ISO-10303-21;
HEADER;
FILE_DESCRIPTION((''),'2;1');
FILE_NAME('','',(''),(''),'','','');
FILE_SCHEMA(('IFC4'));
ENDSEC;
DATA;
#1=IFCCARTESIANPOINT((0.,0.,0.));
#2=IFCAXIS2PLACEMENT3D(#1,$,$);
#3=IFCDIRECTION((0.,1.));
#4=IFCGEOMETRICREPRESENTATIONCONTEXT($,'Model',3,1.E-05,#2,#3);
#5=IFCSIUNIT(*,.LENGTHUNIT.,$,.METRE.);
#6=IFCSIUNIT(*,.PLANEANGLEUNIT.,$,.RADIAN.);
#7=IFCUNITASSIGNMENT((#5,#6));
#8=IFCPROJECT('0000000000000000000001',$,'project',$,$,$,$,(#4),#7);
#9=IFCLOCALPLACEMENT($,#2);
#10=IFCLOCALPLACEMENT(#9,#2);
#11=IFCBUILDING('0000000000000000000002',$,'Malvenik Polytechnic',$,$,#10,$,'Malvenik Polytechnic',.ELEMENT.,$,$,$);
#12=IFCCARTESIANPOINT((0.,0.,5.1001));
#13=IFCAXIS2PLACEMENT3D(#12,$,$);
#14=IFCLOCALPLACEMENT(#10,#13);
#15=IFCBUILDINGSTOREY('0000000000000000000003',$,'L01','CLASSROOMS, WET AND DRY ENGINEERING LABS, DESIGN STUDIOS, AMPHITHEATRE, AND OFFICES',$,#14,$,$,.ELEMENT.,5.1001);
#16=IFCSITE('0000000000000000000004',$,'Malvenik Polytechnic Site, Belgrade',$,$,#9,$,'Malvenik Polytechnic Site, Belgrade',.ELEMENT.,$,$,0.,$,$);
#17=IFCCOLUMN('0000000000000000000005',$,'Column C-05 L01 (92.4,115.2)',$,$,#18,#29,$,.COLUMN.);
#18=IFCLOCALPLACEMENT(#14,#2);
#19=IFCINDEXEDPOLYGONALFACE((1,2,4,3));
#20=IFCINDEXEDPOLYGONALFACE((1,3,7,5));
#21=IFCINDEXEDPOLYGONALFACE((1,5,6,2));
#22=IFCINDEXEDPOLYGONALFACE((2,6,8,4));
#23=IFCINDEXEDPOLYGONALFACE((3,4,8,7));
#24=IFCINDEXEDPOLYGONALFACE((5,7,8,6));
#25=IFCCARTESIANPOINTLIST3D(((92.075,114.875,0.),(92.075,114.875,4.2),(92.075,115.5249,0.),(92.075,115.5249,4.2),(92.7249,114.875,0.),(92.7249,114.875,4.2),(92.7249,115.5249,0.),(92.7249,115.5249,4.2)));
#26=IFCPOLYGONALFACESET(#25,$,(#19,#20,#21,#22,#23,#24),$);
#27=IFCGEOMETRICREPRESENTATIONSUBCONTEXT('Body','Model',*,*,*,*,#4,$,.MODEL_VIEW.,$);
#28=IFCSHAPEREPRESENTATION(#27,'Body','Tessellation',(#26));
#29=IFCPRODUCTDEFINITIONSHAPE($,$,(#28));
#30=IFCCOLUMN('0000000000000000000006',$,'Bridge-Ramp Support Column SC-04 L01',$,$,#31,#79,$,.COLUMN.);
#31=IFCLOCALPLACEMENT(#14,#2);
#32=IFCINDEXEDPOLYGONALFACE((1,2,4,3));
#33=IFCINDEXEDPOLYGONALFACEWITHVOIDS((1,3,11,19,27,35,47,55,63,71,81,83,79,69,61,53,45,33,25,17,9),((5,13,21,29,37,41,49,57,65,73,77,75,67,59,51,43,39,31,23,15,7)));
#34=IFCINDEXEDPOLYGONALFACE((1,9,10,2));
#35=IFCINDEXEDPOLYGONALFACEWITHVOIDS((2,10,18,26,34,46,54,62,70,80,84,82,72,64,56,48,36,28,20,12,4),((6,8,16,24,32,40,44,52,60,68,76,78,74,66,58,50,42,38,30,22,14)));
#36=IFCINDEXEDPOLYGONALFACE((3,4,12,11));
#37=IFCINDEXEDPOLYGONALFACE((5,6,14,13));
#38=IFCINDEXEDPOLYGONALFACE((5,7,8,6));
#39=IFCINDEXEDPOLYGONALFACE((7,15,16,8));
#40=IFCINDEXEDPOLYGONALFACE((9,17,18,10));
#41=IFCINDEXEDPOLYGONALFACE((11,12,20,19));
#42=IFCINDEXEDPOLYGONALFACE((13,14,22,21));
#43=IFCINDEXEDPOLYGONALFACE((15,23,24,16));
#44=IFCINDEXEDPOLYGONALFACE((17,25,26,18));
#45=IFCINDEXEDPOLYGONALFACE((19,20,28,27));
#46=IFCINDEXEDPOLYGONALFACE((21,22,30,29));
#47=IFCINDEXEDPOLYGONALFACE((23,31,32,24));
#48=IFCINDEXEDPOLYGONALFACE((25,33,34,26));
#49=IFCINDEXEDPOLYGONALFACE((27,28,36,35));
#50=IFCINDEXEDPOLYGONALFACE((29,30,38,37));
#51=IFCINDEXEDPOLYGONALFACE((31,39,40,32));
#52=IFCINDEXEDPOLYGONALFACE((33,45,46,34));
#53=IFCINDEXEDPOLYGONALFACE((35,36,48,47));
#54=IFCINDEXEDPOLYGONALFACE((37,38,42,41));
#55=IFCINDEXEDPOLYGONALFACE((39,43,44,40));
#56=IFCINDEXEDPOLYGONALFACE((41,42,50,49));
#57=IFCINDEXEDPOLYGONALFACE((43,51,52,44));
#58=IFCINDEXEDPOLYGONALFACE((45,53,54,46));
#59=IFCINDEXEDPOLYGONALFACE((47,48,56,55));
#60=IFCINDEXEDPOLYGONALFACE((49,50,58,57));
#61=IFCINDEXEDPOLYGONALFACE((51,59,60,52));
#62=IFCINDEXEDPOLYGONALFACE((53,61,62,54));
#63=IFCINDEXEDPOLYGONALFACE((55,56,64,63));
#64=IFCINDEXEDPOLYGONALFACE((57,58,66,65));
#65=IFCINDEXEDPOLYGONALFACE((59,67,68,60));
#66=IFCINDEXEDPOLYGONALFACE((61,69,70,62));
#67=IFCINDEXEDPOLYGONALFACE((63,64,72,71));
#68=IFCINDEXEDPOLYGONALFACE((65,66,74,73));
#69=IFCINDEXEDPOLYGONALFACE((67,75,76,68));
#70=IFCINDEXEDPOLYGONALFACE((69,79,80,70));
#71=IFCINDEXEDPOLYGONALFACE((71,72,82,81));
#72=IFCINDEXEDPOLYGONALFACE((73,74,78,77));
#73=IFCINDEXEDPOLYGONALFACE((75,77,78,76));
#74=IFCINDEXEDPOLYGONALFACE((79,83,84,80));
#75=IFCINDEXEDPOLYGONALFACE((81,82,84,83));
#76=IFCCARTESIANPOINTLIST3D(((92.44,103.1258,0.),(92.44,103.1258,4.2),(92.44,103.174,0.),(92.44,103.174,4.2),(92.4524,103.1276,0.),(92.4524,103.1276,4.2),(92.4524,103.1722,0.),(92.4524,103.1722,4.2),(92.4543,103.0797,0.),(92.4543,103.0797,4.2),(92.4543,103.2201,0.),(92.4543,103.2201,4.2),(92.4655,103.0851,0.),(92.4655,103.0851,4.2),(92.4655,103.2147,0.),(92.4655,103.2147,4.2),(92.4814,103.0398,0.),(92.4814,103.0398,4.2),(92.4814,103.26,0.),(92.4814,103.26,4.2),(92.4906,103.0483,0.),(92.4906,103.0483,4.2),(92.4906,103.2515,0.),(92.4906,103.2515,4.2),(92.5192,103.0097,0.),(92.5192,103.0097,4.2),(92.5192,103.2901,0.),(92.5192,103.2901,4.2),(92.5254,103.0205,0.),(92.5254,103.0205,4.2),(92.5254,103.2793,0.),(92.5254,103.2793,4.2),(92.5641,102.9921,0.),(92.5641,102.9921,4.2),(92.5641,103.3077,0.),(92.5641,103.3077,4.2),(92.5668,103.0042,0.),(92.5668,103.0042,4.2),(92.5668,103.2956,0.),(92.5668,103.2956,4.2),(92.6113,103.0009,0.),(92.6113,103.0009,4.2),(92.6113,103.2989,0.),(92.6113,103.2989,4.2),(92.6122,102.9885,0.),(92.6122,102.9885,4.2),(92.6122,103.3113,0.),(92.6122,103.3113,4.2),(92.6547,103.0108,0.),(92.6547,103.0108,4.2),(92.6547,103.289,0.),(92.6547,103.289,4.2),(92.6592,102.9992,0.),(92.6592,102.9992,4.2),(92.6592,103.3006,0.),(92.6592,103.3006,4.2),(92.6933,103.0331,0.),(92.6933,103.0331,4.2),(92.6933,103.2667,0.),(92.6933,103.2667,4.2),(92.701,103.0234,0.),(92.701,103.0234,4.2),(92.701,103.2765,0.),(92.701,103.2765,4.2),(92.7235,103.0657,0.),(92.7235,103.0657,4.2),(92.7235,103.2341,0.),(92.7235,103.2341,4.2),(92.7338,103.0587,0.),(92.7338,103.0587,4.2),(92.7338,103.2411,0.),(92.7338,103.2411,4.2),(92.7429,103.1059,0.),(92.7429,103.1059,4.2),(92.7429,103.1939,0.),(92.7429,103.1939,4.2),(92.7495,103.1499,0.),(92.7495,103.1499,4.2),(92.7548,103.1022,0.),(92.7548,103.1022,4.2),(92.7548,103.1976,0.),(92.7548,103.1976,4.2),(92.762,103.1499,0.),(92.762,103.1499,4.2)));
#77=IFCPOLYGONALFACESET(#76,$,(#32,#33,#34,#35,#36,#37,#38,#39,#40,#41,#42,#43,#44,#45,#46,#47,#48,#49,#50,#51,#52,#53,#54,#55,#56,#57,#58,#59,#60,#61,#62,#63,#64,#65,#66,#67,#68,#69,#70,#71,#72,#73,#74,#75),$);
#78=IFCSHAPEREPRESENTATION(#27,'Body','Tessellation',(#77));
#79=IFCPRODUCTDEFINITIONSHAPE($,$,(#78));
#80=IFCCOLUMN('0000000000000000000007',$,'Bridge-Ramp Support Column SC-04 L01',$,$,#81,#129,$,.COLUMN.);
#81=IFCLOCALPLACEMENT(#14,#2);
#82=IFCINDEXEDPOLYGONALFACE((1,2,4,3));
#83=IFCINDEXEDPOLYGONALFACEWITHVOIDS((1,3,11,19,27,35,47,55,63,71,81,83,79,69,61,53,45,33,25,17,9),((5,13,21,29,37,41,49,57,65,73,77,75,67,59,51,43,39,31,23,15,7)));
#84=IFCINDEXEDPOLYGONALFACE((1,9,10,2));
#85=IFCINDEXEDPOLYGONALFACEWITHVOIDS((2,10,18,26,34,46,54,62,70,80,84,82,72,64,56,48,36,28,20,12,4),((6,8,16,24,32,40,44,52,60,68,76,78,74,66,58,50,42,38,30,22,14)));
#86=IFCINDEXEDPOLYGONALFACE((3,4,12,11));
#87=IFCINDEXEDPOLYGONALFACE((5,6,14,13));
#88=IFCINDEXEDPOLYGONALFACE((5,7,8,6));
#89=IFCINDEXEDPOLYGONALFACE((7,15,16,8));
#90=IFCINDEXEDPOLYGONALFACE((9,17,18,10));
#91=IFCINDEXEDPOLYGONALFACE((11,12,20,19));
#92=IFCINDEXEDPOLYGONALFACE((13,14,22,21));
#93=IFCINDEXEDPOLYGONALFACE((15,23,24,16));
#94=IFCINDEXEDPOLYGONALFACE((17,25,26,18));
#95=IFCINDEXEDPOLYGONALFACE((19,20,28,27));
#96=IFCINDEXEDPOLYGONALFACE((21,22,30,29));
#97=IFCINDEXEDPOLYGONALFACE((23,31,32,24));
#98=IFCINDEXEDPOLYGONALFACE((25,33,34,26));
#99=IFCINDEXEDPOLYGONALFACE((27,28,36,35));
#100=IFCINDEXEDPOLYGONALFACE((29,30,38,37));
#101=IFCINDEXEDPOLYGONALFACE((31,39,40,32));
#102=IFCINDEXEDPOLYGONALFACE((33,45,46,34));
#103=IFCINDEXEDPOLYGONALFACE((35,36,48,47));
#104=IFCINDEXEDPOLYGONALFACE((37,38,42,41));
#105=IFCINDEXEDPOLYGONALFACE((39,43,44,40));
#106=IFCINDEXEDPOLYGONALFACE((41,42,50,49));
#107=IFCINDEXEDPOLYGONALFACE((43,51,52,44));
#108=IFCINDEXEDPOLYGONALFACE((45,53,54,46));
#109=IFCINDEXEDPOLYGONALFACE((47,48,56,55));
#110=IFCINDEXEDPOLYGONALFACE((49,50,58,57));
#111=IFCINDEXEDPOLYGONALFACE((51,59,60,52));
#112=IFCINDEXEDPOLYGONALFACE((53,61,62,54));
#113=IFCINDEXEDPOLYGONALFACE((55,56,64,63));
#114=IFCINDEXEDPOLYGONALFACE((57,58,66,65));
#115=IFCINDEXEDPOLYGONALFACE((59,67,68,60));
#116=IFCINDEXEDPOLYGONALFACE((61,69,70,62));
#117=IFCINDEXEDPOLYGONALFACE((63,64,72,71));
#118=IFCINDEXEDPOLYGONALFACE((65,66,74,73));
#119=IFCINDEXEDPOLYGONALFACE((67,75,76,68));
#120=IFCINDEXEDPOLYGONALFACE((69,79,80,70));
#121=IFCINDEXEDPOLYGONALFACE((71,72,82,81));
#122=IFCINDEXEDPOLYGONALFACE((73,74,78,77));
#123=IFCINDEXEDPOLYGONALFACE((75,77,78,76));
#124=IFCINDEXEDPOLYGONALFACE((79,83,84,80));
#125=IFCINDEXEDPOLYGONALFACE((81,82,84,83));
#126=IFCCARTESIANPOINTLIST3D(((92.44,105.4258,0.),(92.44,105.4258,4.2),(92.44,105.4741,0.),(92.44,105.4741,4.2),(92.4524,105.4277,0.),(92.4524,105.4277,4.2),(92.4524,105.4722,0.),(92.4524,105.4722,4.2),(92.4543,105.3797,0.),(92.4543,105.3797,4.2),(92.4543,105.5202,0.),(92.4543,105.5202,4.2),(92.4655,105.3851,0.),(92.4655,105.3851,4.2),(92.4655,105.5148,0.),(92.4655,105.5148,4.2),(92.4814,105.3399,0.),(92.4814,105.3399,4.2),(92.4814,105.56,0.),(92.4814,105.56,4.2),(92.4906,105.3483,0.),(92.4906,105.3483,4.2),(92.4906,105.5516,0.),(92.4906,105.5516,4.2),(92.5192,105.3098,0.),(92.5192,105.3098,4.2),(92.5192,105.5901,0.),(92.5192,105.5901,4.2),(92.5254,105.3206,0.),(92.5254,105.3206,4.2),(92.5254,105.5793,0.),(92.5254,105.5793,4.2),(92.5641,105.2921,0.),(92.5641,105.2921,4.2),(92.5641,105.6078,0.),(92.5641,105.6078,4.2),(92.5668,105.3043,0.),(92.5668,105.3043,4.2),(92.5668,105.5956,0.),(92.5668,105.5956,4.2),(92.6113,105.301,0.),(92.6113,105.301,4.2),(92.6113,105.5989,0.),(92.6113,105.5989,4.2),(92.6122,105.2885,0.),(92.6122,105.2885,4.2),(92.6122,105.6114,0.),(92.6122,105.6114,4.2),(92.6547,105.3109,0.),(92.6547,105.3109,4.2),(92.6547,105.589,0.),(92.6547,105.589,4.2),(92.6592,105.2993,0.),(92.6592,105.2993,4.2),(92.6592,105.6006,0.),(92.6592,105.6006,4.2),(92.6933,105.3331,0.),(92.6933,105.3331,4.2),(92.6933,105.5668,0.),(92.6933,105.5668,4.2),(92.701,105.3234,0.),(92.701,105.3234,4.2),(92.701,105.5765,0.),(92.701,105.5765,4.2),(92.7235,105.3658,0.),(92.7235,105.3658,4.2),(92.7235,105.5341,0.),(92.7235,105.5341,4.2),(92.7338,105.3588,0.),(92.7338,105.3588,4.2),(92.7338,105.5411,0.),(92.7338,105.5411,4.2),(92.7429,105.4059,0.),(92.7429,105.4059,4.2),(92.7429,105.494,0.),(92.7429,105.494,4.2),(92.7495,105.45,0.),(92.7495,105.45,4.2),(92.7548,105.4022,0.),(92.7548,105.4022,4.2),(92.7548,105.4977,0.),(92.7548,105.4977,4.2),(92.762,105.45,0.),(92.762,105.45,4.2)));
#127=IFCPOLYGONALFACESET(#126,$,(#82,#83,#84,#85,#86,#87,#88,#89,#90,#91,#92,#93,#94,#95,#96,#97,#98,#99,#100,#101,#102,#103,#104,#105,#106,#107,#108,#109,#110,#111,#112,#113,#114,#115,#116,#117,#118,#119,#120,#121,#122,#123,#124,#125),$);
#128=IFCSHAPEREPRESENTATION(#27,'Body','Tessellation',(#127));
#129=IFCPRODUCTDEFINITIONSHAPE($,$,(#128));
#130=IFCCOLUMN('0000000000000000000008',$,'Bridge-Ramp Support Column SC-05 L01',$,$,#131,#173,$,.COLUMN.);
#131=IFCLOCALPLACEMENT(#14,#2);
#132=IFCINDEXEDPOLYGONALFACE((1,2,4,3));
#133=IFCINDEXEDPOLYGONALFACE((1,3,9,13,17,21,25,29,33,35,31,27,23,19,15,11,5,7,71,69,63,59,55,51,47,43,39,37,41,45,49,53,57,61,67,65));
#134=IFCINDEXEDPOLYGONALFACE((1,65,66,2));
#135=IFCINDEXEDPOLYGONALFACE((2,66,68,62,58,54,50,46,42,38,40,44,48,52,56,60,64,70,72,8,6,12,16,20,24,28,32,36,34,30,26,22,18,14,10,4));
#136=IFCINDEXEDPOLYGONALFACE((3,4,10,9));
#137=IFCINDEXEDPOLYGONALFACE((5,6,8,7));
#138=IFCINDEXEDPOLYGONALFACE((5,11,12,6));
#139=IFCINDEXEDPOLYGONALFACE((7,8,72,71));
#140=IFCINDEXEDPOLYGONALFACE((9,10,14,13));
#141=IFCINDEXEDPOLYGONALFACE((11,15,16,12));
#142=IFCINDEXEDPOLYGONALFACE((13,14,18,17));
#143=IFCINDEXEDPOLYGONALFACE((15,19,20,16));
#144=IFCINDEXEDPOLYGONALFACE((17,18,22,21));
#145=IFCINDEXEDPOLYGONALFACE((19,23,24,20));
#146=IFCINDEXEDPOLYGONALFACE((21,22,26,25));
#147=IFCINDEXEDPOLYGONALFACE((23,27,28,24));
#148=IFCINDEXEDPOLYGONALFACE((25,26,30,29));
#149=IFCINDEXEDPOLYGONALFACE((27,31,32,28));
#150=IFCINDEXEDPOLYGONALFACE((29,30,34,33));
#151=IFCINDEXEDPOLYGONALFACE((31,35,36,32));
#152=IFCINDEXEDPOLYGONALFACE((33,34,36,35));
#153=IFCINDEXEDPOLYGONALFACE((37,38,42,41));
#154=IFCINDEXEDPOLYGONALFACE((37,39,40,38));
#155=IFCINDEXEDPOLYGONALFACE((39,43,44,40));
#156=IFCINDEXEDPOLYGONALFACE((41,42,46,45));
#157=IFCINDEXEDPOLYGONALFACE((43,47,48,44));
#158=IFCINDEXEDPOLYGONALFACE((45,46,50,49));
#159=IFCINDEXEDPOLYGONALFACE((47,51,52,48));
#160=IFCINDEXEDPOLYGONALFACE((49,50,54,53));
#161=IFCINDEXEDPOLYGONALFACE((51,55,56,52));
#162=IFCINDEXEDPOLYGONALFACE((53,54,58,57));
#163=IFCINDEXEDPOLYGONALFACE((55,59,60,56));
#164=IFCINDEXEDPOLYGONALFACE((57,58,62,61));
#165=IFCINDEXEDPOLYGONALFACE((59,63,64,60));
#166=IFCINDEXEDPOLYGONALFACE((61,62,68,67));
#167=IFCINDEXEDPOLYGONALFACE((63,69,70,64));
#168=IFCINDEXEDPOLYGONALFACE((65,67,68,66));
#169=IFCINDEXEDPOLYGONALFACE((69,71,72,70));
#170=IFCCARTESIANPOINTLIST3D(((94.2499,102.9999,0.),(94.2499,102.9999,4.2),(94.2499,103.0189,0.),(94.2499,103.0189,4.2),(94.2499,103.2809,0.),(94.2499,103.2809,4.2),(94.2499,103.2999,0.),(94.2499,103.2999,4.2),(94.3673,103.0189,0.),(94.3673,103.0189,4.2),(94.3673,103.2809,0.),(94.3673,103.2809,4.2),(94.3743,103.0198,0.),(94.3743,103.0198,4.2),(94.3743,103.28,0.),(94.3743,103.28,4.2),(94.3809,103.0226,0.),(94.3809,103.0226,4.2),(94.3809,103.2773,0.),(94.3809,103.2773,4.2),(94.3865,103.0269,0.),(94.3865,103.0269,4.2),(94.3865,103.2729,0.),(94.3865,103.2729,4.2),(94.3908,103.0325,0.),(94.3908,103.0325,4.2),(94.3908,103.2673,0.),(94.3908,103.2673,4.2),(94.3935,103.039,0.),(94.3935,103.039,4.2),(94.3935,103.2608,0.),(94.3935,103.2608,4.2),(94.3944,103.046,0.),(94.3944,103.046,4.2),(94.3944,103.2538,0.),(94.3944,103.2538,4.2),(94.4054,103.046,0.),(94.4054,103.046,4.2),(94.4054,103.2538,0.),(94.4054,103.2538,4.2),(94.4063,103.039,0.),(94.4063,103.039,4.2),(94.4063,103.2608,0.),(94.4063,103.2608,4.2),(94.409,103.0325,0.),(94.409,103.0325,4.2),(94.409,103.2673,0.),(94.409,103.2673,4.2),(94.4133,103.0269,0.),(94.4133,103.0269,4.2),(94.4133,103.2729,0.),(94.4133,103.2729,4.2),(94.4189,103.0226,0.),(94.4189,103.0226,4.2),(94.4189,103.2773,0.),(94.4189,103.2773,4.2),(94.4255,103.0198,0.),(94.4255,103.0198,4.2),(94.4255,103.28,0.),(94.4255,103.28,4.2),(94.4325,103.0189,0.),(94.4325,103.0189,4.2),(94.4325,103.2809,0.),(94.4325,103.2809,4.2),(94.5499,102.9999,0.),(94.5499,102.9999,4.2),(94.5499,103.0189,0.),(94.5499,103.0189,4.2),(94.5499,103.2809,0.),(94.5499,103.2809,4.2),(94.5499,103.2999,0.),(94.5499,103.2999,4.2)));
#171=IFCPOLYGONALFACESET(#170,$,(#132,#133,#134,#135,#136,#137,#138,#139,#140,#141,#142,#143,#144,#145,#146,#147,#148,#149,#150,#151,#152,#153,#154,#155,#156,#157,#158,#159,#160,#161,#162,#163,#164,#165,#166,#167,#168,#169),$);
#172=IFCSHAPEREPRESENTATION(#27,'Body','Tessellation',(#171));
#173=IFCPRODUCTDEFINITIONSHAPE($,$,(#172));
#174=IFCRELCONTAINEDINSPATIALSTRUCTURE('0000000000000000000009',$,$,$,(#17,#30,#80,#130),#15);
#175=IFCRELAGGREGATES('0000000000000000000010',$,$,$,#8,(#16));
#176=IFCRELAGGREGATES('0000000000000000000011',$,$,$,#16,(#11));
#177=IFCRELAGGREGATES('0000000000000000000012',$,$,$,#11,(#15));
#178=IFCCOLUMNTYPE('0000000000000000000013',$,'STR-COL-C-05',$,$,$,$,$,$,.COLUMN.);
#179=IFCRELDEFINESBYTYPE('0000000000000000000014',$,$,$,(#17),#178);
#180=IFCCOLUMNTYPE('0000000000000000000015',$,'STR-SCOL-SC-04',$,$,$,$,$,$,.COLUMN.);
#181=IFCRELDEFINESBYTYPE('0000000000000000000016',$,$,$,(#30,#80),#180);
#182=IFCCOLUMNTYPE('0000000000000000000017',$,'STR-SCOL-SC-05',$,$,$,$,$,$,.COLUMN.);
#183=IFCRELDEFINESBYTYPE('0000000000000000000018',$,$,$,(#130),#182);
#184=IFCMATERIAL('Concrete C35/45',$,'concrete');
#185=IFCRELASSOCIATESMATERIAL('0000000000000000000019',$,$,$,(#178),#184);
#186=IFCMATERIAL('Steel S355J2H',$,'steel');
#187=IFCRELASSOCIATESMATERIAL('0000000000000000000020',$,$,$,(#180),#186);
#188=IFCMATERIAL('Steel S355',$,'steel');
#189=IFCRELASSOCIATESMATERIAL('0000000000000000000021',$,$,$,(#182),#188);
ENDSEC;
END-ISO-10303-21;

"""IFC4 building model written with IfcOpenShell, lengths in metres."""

from ifc_helpers import new_model, si_unit, direction, frame, origin, origin_2d, place, context, subcontext, project, spatial, rectangle, hollow_circle, i_section, extrude, material, material_profile, profile_set, type_object, element, save


model = new_model("IFC4")

# Units and contexts
model_context = context("Model", 3, precision=1e-05, world=origin(), true_north=direction((0.0, 1.0)))
body_context = subcontext(model_context, "Body", "Model", "MODEL_VIEW")
ifc_project = project(units=[si_unit("LENGTHUNIT", "METRE"), si_unit("PLANEANGLEUNIT", "RADIAN")], contexts=[model_context])

# Site, building, storey
site_placement = place(None, origin())
site = spatial("IfcSite", under=ifc_project, at=site_placement, Name="Malvenik Polytechnic Site, Belgrade", LongName="Malvenik Polytechnic Site, Belgrade", CompositionType="ELEMENT", RefElevation=0.0)
building_placement = place(site_placement, origin())
building = spatial("IfcBuilding", under=site, at=building_placement, Name="Malvenik Polytechnic", LongName="Malvenik Polytechnic", CompositionType="ELEMENT")
storey_placement = place(building_placement, frame((0.0, 0.0, 5.1001)))
storey = spatial("IfcBuildingStorey", under=building, at=storey_placement, Name="L01", Description="CLASSROOMS, WET AND DRY ENGINEERING LABS, DESIGN STUDIOS, AMPHITHEATRE, AND OFFICES", CompositionType="ELEMENT", Elevation=5.1001)

# Columns
ifc_material_1 = material(Name="Concrete C35/45", Category="concrete")
ifc_material_profile_1 = material_profile(ifc_material_1, rectangle(XDim=0.6499, YDim=0.6499, at=origin_2d()), Name="RC COL 650x650")
ifc_profile_set_1 = profile_set([ifc_material_profile_1], Name="Concrete C35/45")
column_type_1 = type_object("IfcColumnType", Name="STR-COL-C-05", PredefinedType="COLUMN", material=ifc_profile_set_1)
column_placement = place(storey_placement, frame((92.3999, 115.2, 0.0), z_axis=(0.0, 0.0, 1.0), x_axis=(1.0, 0.0, 0.0)))
element("IfcColumn", 1, at=column_placement, inside=storey, type_object=column_type_1, Name="Column C-05 L01 (92.4,115.2)", PredefinedType="COLUMN", context=body_context, shape_type="SweptSolid", body=[
    extrude(rectangle(XDim=0.6499, YDim=0.6499, at=origin_2d()), origin(), (0.0, 0.0, 1.0), 4.2),
])
ifc_material_2 = material(Name="Steel S355J2H", Category="steel")
ifc_material_profile_2 = material_profile(ifc_material_2, hollow_circle(Radius=0.1619, WallThickness=0.0125, at=origin_2d()), Name="CHS 323.9x12.5")
ifc_profile_set_2 = profile_set([ifc_material_profile_2], Name="Steel S355J2H")
column_type_2 = type_object("IfcColumnType", Name="STR-SCOL-SC-04", PredefinedType="COLUMN", material=ifc_profile_set_2)
for number, where, z_axis, x_axis, name in (
    (2, (92.6001, 103.1499, 0.0), (0.0, 0.0, 1.0), (1.0, 0.0, 0.0), "Bridge-Ramp Support Column SC-04 L01"),
    (3, (92.6001, 105.45, 0.0), (0.0, 0.0, 1.0), (1.0, 0.0, 0.0), "Bridge-Ramp Support Column SC-04 L01"),
):
    element("IfcColumn", number, at=place(storey_placement, frame(where, z_axis=z_axis, x_axis=x_axis)), inside=storey, type_object=column_type_2, Name=name, PredefinedType="COLUMN", context=body_context, shape_type="SweptSolid", body=[
        extrude(hollow_circle(Radius=0.1619, WallThickness=0.0125, at=origin_2d()), origin(), (0.0, 0.0, 1.0), 4.2),
    ])
ifc_material_3 = material(Name="Steel S355", Category="steel")
ifc_material_profile_3 = material_profile(ifc_material_3, i_section(OverallWidth=0.3, OverallDepth=0.3, WebThickness=0.011, FlangeThickness=0.019, FilletRadius=0.0271, at=origin_2d()), Name="HEB 300")
ifc_profile_set_3 = profile_set([ifc_material_profile_3], Name="Steel S355")
column_type_3 = type_object("IfcColumnType", Name="STR-SCOL-SC-05", PredefinedType="COLUMN", material=ifc_profile_set_3)
for number, where, z_axis, x_axis, name in (
    (4, (94.3999, 103.1499, 0.0), (0.0, 0.0, 1.0), (1.0, 0.0, 0.0), "Bridge-Ramp Support Column SC-05 L01"),
):
    element("IfcColumn", number, at=place(storey_placement, frame(where, z_axis=z_axis, x_axis=x_axis)), inside=storey, type_object=column_type_3, Name=name, PredefinedType="COLUMN", context=body_context, shape_type="SweptSolid", body=[
        extrude(i_section(OverallWidth=0.3, OverallDepth=0.3, WebThickness=0.011, FlangeThickness=0.019, FilletRadius=0.0271, at=origin_2d()), origin(), (0.0, 0.0, 1.0), 4.2),
    ])

save(model, "model.ifc")
